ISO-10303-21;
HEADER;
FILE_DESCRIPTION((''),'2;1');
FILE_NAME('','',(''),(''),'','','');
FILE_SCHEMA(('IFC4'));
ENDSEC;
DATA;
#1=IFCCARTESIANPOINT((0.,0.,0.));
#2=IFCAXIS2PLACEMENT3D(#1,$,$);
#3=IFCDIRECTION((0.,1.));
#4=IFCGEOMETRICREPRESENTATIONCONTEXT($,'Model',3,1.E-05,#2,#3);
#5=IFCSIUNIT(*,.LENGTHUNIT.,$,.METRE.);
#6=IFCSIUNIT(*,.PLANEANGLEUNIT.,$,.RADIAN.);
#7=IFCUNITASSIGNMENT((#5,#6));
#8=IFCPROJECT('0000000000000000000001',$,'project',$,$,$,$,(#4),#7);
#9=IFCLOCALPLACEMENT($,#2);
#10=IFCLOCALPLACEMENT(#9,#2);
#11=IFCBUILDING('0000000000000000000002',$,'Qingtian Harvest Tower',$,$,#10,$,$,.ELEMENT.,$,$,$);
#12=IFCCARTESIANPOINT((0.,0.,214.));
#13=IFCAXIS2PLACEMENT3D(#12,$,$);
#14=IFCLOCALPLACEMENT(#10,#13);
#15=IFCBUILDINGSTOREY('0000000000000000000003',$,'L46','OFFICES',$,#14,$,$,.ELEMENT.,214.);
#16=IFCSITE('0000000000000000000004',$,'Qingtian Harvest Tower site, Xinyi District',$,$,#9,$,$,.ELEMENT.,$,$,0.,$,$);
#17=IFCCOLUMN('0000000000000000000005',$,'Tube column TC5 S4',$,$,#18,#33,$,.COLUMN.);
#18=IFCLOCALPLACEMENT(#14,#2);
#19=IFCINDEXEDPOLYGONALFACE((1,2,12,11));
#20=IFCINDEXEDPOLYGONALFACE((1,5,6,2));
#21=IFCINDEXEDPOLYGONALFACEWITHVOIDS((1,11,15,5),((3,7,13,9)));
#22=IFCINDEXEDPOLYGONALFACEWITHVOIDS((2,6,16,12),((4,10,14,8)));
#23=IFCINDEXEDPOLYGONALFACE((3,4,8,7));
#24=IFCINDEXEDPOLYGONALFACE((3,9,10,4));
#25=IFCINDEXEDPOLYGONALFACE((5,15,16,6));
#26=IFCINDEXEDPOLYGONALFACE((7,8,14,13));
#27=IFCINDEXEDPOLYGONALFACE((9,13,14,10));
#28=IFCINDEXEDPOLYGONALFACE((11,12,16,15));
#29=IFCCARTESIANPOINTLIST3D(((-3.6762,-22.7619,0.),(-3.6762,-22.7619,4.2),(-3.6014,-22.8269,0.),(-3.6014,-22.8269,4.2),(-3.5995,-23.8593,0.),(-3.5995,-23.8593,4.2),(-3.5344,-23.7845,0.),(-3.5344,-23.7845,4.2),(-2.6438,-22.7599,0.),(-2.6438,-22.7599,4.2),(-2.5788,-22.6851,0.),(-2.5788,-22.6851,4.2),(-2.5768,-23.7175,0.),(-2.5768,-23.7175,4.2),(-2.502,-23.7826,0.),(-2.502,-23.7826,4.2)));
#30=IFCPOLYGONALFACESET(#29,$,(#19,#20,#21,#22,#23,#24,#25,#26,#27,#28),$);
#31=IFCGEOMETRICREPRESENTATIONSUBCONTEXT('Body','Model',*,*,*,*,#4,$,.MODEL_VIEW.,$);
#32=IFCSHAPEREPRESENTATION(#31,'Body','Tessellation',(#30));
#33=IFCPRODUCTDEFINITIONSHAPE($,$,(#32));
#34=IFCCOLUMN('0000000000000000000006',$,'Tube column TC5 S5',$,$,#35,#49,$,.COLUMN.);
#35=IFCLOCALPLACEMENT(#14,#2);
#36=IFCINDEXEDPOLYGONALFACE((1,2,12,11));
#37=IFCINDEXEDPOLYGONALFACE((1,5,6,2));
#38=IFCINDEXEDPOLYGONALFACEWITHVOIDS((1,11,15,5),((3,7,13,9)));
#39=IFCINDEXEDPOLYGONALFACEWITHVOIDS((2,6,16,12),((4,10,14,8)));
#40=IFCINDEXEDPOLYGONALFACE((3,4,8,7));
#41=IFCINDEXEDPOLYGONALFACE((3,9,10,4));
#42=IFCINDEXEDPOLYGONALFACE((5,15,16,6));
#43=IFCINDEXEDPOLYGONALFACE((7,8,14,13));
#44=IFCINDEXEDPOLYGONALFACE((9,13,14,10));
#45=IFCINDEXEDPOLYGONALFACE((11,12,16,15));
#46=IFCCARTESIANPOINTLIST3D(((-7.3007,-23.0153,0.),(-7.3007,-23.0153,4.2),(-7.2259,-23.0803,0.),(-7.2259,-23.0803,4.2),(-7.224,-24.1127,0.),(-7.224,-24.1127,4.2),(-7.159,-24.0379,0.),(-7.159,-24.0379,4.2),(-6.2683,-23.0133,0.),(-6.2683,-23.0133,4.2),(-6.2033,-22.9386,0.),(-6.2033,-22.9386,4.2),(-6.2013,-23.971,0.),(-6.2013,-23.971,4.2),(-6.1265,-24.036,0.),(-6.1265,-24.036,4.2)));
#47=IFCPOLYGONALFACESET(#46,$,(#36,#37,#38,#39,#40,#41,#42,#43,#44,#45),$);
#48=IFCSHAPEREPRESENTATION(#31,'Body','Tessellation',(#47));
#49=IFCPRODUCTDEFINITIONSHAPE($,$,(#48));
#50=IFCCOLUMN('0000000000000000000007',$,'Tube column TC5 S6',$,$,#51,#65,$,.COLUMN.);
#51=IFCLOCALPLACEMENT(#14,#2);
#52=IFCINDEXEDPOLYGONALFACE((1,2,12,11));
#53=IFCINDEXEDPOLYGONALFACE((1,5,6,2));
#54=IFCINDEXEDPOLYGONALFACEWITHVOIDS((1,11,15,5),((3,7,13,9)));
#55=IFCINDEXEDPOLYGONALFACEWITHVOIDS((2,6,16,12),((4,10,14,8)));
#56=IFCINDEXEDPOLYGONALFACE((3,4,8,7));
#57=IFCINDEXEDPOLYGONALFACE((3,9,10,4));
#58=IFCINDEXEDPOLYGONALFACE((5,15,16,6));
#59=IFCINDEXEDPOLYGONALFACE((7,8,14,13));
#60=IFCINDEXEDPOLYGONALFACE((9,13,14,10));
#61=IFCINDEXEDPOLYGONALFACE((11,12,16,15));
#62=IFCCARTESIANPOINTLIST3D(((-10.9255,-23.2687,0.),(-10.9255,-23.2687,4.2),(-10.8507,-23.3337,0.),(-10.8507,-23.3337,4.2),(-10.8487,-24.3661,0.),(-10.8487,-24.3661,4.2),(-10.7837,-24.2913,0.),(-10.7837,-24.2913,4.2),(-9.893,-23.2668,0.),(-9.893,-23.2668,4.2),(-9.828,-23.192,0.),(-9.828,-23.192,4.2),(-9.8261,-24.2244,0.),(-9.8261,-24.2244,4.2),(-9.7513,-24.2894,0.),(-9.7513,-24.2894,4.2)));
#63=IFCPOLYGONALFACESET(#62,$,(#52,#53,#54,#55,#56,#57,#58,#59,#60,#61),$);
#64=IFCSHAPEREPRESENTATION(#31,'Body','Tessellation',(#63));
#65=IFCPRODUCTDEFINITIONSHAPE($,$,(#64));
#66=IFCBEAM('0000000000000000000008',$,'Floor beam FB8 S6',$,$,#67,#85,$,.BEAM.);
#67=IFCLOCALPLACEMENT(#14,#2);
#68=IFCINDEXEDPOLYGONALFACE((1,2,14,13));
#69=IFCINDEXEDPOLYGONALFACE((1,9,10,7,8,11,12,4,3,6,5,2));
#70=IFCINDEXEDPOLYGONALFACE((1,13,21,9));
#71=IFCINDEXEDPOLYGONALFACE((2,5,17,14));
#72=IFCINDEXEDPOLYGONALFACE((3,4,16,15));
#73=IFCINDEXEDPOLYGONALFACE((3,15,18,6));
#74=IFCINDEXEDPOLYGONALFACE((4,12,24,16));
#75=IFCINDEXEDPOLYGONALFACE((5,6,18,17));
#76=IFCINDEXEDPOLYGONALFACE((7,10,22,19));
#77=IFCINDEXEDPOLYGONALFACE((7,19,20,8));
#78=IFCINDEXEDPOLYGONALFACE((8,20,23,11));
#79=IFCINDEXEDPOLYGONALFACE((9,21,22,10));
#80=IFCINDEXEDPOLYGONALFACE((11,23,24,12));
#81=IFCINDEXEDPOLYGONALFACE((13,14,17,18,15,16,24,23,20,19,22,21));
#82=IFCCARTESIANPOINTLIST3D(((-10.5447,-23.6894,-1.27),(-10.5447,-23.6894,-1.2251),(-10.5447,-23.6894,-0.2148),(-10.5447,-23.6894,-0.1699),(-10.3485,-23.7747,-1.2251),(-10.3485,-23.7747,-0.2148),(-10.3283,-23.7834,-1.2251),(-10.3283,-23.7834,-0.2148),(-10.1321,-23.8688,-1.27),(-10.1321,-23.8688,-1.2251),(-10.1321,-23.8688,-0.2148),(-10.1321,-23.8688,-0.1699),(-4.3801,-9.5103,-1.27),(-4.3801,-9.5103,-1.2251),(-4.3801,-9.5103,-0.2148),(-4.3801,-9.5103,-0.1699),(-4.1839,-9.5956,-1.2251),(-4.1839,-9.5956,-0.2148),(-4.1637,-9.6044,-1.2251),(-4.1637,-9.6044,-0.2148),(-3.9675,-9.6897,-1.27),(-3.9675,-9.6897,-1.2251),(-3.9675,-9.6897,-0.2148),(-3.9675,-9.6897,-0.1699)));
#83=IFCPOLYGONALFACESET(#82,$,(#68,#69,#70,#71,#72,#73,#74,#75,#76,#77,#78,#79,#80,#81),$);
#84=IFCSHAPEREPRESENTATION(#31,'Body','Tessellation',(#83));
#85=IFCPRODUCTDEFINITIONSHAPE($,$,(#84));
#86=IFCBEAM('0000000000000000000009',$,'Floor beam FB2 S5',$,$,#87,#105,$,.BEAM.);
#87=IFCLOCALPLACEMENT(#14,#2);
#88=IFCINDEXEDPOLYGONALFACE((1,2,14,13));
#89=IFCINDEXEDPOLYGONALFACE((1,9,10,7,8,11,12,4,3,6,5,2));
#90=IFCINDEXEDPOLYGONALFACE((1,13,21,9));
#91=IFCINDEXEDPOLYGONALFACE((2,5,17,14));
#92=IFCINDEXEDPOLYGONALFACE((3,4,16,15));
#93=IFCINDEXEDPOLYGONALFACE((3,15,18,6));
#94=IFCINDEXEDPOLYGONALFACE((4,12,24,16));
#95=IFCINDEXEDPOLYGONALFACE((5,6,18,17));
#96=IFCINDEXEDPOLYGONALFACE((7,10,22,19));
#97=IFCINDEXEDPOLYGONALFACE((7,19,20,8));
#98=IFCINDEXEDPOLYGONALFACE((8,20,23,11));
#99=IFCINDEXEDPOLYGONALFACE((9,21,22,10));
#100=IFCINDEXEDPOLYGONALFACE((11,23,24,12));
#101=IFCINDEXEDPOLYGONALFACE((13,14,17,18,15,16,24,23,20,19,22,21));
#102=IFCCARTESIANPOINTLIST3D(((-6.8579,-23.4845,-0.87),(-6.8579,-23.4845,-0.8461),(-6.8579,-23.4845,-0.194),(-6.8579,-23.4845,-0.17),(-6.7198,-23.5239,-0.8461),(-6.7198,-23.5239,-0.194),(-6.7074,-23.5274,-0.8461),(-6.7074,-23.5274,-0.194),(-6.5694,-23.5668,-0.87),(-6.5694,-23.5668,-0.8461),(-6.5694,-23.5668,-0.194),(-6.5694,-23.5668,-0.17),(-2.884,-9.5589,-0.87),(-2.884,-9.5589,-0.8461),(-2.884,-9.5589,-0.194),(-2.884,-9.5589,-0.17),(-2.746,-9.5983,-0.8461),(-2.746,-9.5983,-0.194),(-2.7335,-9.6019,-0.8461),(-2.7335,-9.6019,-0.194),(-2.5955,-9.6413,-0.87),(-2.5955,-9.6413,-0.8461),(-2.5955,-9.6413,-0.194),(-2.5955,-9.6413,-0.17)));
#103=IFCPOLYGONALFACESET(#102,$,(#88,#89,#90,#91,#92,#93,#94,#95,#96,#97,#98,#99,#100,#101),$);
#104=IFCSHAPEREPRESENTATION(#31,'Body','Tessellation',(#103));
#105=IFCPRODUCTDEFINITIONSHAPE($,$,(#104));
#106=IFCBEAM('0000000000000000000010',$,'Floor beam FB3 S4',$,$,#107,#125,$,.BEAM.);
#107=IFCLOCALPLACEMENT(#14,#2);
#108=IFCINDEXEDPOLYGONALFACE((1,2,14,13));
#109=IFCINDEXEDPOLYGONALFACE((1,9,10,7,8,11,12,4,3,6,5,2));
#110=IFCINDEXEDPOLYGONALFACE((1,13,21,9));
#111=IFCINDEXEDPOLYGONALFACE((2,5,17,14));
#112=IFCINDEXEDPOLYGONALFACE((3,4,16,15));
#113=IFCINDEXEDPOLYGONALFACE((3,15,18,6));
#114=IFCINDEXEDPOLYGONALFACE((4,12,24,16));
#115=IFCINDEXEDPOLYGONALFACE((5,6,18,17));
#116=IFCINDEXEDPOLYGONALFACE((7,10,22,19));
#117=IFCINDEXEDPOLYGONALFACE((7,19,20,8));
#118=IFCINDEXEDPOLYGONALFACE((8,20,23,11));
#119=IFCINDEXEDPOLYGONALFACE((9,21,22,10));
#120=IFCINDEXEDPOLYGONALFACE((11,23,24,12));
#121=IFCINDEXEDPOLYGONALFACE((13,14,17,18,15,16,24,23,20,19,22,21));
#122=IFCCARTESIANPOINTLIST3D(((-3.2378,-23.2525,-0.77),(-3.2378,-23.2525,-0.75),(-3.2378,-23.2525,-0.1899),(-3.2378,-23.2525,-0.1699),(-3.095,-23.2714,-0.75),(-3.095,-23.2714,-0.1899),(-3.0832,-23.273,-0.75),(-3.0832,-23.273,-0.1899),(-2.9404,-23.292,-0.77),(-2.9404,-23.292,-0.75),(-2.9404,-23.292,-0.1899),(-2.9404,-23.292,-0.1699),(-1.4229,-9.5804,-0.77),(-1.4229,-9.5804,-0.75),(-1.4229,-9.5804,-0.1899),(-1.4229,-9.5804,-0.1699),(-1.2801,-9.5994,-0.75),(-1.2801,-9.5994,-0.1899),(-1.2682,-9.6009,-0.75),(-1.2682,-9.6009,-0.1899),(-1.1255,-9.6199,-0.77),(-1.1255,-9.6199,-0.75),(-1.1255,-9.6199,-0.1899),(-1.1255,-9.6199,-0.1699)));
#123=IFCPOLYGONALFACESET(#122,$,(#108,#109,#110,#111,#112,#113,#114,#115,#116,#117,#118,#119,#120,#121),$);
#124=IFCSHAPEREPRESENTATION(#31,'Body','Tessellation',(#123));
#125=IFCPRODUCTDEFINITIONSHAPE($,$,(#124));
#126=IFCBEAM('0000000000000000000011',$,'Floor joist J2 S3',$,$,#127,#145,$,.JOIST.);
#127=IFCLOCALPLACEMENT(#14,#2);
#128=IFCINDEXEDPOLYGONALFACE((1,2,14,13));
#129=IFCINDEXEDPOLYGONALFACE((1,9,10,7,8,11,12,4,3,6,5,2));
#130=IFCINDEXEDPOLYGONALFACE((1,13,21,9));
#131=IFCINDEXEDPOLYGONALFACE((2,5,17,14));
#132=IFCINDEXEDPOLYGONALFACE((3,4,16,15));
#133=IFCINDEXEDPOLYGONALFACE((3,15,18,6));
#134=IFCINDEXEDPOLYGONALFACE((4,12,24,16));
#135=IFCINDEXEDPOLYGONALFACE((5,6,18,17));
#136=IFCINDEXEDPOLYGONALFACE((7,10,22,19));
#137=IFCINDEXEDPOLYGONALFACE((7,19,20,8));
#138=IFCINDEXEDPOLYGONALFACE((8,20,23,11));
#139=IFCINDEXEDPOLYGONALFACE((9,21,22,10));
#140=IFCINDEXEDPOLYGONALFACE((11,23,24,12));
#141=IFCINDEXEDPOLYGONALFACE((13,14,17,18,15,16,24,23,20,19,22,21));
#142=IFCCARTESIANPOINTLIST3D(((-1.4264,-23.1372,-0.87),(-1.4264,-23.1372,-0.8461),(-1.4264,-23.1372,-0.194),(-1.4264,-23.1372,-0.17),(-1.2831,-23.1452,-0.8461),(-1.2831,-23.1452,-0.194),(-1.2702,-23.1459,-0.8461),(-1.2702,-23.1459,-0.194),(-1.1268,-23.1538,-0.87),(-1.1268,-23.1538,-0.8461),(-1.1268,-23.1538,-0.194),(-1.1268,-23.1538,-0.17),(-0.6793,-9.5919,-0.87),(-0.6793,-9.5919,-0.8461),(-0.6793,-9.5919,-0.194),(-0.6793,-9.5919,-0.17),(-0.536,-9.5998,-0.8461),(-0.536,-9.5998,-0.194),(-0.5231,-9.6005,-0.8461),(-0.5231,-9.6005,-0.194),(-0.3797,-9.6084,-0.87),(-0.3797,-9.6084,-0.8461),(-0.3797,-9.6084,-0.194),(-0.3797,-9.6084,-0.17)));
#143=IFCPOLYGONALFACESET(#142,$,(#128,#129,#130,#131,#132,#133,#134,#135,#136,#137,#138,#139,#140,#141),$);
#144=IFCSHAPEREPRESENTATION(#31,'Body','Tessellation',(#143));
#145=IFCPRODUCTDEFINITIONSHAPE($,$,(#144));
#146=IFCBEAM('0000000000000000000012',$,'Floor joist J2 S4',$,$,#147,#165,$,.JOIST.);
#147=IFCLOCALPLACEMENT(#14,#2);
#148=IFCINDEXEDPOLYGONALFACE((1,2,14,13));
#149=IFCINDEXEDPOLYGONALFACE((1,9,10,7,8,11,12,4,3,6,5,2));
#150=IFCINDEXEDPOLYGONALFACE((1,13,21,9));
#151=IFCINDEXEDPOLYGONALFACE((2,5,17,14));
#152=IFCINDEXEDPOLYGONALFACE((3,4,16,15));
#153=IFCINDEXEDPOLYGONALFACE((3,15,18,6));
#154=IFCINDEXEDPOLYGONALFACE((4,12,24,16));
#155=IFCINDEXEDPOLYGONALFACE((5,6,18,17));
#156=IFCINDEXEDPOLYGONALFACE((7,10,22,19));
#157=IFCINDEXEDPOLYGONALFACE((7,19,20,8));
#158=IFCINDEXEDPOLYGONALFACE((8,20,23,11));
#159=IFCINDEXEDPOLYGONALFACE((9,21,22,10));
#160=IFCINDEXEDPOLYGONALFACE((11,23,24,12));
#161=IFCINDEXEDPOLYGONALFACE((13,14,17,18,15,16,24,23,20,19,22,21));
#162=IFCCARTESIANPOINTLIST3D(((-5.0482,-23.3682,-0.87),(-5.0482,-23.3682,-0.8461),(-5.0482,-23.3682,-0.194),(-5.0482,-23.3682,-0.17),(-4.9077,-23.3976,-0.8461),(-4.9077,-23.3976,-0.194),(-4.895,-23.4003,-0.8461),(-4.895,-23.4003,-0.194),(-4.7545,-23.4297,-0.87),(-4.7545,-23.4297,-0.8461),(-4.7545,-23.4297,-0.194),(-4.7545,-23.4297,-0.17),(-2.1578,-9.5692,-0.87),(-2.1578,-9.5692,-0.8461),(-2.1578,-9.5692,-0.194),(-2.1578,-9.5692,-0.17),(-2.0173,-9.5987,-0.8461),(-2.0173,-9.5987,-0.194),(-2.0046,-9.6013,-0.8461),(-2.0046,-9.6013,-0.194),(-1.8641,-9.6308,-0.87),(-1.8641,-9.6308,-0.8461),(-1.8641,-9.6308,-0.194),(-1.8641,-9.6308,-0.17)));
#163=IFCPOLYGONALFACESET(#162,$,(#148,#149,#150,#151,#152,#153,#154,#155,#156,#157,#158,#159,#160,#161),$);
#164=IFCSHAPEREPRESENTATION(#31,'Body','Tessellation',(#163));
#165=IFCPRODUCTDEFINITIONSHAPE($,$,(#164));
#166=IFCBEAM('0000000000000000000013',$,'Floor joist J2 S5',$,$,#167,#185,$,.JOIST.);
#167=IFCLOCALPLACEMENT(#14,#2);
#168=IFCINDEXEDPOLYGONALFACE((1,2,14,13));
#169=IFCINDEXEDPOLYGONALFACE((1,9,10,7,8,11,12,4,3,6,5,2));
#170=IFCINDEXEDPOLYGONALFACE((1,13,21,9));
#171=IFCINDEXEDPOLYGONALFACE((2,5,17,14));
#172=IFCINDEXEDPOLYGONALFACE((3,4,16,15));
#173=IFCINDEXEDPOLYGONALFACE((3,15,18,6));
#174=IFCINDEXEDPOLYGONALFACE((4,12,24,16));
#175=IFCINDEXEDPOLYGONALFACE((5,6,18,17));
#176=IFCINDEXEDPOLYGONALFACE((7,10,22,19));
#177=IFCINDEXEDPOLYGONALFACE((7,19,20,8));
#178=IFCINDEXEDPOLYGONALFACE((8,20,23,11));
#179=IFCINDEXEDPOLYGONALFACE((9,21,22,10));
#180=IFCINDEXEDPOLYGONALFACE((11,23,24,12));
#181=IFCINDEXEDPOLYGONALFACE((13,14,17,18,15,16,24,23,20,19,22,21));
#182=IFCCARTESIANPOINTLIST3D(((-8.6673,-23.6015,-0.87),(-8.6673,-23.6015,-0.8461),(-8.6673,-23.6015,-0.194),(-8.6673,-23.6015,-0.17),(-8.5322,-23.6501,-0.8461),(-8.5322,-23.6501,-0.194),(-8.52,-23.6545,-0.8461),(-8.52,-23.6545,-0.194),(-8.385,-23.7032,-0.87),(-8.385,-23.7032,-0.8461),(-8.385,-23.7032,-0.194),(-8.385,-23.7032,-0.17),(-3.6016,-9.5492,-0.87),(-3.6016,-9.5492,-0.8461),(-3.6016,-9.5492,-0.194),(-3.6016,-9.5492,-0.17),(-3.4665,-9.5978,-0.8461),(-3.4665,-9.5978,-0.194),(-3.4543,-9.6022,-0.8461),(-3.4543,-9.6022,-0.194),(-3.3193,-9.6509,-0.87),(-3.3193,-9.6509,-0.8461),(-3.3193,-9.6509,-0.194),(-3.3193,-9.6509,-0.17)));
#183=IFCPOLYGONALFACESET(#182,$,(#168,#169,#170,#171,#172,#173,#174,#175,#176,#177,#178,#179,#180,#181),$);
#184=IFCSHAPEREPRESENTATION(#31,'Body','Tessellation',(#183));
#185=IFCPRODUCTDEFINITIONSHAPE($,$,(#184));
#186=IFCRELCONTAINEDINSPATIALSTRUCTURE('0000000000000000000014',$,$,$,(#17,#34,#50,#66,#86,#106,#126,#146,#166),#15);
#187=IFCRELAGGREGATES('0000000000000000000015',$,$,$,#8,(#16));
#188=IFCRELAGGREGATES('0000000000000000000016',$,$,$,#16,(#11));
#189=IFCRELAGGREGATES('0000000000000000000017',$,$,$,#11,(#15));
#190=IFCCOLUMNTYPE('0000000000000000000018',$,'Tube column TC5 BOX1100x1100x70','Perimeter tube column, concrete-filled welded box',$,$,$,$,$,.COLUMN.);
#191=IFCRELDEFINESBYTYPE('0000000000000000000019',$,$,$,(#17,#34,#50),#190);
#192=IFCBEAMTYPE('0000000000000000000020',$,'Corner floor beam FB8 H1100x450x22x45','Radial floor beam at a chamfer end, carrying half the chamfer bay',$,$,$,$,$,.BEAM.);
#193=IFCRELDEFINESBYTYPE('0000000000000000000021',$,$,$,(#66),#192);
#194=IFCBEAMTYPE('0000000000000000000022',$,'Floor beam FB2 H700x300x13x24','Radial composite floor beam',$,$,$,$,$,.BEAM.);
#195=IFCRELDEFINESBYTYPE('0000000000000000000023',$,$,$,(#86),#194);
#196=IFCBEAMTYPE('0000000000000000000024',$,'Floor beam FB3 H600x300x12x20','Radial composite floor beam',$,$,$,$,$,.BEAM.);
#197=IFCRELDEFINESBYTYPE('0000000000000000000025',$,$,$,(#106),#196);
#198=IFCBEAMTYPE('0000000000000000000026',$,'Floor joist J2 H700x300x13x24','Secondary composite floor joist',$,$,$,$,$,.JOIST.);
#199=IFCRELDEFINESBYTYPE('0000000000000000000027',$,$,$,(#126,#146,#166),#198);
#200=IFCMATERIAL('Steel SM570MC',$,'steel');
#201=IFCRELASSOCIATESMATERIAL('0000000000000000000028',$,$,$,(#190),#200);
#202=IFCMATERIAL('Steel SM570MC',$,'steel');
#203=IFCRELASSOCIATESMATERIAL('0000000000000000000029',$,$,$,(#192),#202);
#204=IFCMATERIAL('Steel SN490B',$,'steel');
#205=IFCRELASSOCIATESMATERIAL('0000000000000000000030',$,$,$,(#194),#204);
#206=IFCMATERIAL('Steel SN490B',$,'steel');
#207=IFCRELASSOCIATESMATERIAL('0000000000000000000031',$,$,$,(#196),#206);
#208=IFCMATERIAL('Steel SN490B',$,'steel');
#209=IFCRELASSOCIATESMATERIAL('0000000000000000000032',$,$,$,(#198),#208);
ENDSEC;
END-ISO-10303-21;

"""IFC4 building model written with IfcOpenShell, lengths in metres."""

from ifc_helpers import new_model, si_unit, direction, frame, origin, origin_2d, place, context, subcontext, project, spatial, hollow_rectangle, i_section, extrude, material, material_profile, profile_set, type_object, element, save


model = new_model("IFC4")

# Units and contexts
model_context = context("Model", 3, precision=1e-05, world=origin(), true_north=direction((0.0, 1.0)))
body_context = subcontext(model_context, "Body", "Model", "MODEL_VIEW")
ifc_project = project(units=[si_unit("LENGTHUNIT", "METRE"), si_unit("PLANEANGLEUNIT", "RADIAN")], contexts=[model_context])

# Site, building, storey
site_placement = place(None, origin())
site = spatial("IfcSite", under=ifc_project, at=site_placement, Name="Qingtian Harvest Tower site, Xinyi District", CompositionType="ELEMENT", RefElevation=0.0)
building_placement = place(site_placement, origin())
building = spatial("IfcBuilding", under=site, at=building_placement, Name="Qingtian Harvest Tower", CompositionType="ELEMENT")
storey_placement = place(building_placement, frame((0.0, 0.0, 214.0)))
storey = spatial("IfcBuildingStorey", under=building, at=storey_placement, Name="L46", Description="OFFICES", CompositionType="ELEMENT", Elevation=214.0)

# Columns
ifc_material_1 = material(Name="Steel SM570MC", Category="steel")
ifc_material_profile_1 = material_profile(ifc_material_1, hollow_rectangle(XDim=1.1001, YDim=1.1001, WallThickness=0.0701, at=origin_2d()), Name="BOX1100x1100x70")
ifc_profile_set_1 = profile_set([ifc_material_profile_1], Name="Steel SM570MC")
column_type = type_object("IfcColumnType", Name="Tube column TC5 BOX1100x1100x70", Description="Perimeter tube column, concrete-filled welded box", PredefinedType="COLUMN", material=ifc_profile_set_1)
for number, where, z_axis, x_axis, name in (
    (1, (-3.0891, -23.2722, 0.0), (0.0, 0.0, 1.0), (0.997564, 0.069756, 0.0), "Tube column TC5 S4"),
    (2, (-6.7136, -23.5256, 0.0), (0.0, 0.0, 1.0), (0.997564, 0.069756, 0.0), "Tube column TC5 S5"),
    (3, (-10.3384, -23.7791, 0.0), (0.0, 0.0, 1.0), (0.997564, 0.069756, 0.0), "Tube column TC5 S6"),
):
    element("IfcColumn", number, at=place(storey_placement, frame(where, z_axis=z_axis, x_axis=x_axis)), inside=storey, type_object=column_type, Name=name, PredefinedType="COLUMN", context=body_context, shape_type="SweptSolid", body=[
        extrude(hollow_rectangle(XDim=1.1001, YDim=1.1001, WallThickness=0.0701, at=origin_2d()), origin(), (0.0, 0.0, 1.0), 4.2),
    ])

# Beams
ifc_material_2 = material(Name="Steel SM570MC", Category="steel")
ifc_material_profile_2 = material_profile(ifc_material_2, i_section(OverallWidth=0.45, OverallDepth=1.1001, WebThickness=0.022, FlangeThickness=0.0449, at=origin_2d()), Name="H1100x450x22x45")
ifc_profile_set_2 = profile_set([ifc_material_profile_2], Name="Steel SM570MC")
beam_type_1 = type_object("IfcBeamType", Name="Corner floor beam FB8 H1100x450x22x45", Description="Radial floor beam at a chamfer end, carrying half the chamfer bay", PredefinedType="BEAM", material=ifc_profile_set_2)
beam_1_placement = place(storey_placement, frame((-10.3384, -23.7791, -0.72), z_axis=(0.398715, 0.917075, 0.0), x_axis=(-0.917075, 0.398715, 0.0)))
element("IfcBeam", 4, at=beam_1_placement, inside=storey, type_object=beam_type_1, Name="Floor beam FB8 S6", PredefinedType="BEAM", context=body_context, shape_type="SweptSolid", body=[
    extrude(i_section(OverallWidth=0.45, OverallDepth=1.1001, WebThickness=0.022, FlangeThickness=0.0449, at=origin_2d()), origin(), (0.0, 0.0, 1.0), 15.4612),
])
ifc_material_3 = material(Name="Steel SN490B", Category="steel")
ifc_material_profile_3 = material_profile(ifc_material_3, i_section(OverallWidth=0.3, OverallDepth=0.7, WebThickness=0.0129, FlangeThickness=0.0239, at=origin_2d()), Name="H700x300x13x24")
ifc_profile_set_3 = profile_set([ifc_material_profile_3], Name="Steel SN490B")
beam_type_2 = type_object("IfcBeamType", Name="Floor beam FB2 H700x300x13x24", Description="Radial composite floor beam", PredefinedType="BEAM", material=ifc_profile_set_3)
beam_2_placement = place(storey_placement, frame((-6.7136, -23.5256, -0.52), z_axis=(0.274412, 0.961612, 0.0), x_axis=(-0.961612, 0.274412, 0.0)))
element("IfcBeam", 5, at=beam_2_placement, inside=storey, type_object=beam_type_2, Name="Floor beam FB2 S5", PredefinedType="BEAM", context=body_context, shape_type="SweptSolid", body=[
    extrude(i_section(OverallWidth=0.3, OverallDepth=0.7, WebThickness=0.0129, FlangeThickness=0.0239, at=origin_2d()), origin(), (0.0, 0.0, 1.0), 14.4814),
])
ifc_material_4 = material(Name="Steel SN490B", Category="steel")
ifc_material_profile_4 = material_profile(ifc_material_4, i_section(OverallWidth=0.3, OverallDepth=0.6001, WebThickness=0.012, FlangeThickness=0.02, at=origin_2d()), Name="H600x300x12x20")
ifc_profile_set_4 = profile_set([ifc_material_profile_4], Name="Steel SN490B")
beam_type_3 = type_object("IfcBeamType", Name="Floor beam FB3 H600x300x12x20", Description="Radial composite floor beam", PredefinedType="BEAM", material=ifc_profile_set_4)
beam_3_placement = place(storey_placement, frame((-3.0891, -23.2722, -0.47), z_axis=(0.131593, 0.991304, 0.0), x_axis=(-0.991304, 0.131593, 0.0)))
element("IfcBeam", 6, at=beam_3_placement, inside=storey, type_object=beam_type_3, Name="Floor beam FB3 S4", PredefinedType="BEAM", context=body_context, shape_type="SweptSolid", body=[
    extrude(i_section(OverallWidth=0.3, OverallDepth=0.6001, WebThickness=0.012, FlangeThickness=0.02, at=origin_2d()), origin(), (0.0, 0.0, 1.0), 13.792),
])
ifc_material_5 = material(Name="Steel SN490B", Category="steel")
ifc_material_profile_5 = material_profile(ifc_material_5, i_section(OverallWidth=0.3, OverallDepth=0.7, WebThickness=0.0129, FlangeThickness=0.0239, at=origin_2d()), Name="H700x300x13x24")
ifc_profile_set_5 = profile_set([ifc_material_profile_5], Name="Steel SN490B")
beam_type_4 = type_object("IfcBeamType", Name="Floor joist J2 H700x300x13x24", Description="Secondary composite floor joist", PredefinedType="JOIST", material=ifc_profile_set_5)
beam_4_placement = place(storey_placement, frame((-1.2766, -23.1455, -0.52), z_axis=(0.055069, 0.998483, 0.0), x_axis=(-0.998483, 0.055069, 0.0)))
element("IfcBeam", 7, at=beam_4_placement, inside=storey, type_object=beam_type_4, Name="Floor joist J2 S3", PredefinedType="JOIST", context=body_context, shape_type="SweptSolid", body=[
    extrude(i_section(OverallWidth=0.3, OverallDepth=0.7, WebThickness=0.0129, FlangeThickness=0.0239, at=origin_2d()), origin(), (0.0, 0.0, 1.0), 13.5659),
])
beam_5_placement = place(storey_placement, frame((-4.9014, -23.3989, -0.52), z_axis=(0.205016, 0.978759, 0.0), x_axis=(-0.978759, 0.205016, 0.0)))
element("IfcBeam", 8, at=beam_5_placement, inside=storey, type_object=beam_type_4, Name="Floor joist J2 S4", PredefinedType="JOIST", context=body_context, shape_type="SweptSolid", body=[
    extrude(i_section(OverallWidth=0.3, OverallDepth=0.7, WebThickness=0.0129, FlangeThickness=0.0239, at=origin_2d()), origin(), (0.0, 0.0, 1.0), 14.0984),
])
beam_6_placement = place(storey_placement, frame((-8.5261, -23.6523, -0.52), z_axis=(0.339126, 0.940741, 0.0), x_axis=(-0.940741, 0.339126, 0.0)))
element("IfcBeam", 9, at=beam_6_placement, inside=storey, type_object=beam_type_4, Name="Floor joist J2 S5", PredefinedType="JOIST", context=body_context, shape_type="SweptSolid", body=[
    extrude(i_section(OverallWidth=0.3, OverallDepth=0.7, WebThickness=0.0129, FlangeThickness=0.0239, at=origin_2d()), origin(), (0.0, 0.0, 1.0), 14.9375),
])

save(model, "model.ifc")
